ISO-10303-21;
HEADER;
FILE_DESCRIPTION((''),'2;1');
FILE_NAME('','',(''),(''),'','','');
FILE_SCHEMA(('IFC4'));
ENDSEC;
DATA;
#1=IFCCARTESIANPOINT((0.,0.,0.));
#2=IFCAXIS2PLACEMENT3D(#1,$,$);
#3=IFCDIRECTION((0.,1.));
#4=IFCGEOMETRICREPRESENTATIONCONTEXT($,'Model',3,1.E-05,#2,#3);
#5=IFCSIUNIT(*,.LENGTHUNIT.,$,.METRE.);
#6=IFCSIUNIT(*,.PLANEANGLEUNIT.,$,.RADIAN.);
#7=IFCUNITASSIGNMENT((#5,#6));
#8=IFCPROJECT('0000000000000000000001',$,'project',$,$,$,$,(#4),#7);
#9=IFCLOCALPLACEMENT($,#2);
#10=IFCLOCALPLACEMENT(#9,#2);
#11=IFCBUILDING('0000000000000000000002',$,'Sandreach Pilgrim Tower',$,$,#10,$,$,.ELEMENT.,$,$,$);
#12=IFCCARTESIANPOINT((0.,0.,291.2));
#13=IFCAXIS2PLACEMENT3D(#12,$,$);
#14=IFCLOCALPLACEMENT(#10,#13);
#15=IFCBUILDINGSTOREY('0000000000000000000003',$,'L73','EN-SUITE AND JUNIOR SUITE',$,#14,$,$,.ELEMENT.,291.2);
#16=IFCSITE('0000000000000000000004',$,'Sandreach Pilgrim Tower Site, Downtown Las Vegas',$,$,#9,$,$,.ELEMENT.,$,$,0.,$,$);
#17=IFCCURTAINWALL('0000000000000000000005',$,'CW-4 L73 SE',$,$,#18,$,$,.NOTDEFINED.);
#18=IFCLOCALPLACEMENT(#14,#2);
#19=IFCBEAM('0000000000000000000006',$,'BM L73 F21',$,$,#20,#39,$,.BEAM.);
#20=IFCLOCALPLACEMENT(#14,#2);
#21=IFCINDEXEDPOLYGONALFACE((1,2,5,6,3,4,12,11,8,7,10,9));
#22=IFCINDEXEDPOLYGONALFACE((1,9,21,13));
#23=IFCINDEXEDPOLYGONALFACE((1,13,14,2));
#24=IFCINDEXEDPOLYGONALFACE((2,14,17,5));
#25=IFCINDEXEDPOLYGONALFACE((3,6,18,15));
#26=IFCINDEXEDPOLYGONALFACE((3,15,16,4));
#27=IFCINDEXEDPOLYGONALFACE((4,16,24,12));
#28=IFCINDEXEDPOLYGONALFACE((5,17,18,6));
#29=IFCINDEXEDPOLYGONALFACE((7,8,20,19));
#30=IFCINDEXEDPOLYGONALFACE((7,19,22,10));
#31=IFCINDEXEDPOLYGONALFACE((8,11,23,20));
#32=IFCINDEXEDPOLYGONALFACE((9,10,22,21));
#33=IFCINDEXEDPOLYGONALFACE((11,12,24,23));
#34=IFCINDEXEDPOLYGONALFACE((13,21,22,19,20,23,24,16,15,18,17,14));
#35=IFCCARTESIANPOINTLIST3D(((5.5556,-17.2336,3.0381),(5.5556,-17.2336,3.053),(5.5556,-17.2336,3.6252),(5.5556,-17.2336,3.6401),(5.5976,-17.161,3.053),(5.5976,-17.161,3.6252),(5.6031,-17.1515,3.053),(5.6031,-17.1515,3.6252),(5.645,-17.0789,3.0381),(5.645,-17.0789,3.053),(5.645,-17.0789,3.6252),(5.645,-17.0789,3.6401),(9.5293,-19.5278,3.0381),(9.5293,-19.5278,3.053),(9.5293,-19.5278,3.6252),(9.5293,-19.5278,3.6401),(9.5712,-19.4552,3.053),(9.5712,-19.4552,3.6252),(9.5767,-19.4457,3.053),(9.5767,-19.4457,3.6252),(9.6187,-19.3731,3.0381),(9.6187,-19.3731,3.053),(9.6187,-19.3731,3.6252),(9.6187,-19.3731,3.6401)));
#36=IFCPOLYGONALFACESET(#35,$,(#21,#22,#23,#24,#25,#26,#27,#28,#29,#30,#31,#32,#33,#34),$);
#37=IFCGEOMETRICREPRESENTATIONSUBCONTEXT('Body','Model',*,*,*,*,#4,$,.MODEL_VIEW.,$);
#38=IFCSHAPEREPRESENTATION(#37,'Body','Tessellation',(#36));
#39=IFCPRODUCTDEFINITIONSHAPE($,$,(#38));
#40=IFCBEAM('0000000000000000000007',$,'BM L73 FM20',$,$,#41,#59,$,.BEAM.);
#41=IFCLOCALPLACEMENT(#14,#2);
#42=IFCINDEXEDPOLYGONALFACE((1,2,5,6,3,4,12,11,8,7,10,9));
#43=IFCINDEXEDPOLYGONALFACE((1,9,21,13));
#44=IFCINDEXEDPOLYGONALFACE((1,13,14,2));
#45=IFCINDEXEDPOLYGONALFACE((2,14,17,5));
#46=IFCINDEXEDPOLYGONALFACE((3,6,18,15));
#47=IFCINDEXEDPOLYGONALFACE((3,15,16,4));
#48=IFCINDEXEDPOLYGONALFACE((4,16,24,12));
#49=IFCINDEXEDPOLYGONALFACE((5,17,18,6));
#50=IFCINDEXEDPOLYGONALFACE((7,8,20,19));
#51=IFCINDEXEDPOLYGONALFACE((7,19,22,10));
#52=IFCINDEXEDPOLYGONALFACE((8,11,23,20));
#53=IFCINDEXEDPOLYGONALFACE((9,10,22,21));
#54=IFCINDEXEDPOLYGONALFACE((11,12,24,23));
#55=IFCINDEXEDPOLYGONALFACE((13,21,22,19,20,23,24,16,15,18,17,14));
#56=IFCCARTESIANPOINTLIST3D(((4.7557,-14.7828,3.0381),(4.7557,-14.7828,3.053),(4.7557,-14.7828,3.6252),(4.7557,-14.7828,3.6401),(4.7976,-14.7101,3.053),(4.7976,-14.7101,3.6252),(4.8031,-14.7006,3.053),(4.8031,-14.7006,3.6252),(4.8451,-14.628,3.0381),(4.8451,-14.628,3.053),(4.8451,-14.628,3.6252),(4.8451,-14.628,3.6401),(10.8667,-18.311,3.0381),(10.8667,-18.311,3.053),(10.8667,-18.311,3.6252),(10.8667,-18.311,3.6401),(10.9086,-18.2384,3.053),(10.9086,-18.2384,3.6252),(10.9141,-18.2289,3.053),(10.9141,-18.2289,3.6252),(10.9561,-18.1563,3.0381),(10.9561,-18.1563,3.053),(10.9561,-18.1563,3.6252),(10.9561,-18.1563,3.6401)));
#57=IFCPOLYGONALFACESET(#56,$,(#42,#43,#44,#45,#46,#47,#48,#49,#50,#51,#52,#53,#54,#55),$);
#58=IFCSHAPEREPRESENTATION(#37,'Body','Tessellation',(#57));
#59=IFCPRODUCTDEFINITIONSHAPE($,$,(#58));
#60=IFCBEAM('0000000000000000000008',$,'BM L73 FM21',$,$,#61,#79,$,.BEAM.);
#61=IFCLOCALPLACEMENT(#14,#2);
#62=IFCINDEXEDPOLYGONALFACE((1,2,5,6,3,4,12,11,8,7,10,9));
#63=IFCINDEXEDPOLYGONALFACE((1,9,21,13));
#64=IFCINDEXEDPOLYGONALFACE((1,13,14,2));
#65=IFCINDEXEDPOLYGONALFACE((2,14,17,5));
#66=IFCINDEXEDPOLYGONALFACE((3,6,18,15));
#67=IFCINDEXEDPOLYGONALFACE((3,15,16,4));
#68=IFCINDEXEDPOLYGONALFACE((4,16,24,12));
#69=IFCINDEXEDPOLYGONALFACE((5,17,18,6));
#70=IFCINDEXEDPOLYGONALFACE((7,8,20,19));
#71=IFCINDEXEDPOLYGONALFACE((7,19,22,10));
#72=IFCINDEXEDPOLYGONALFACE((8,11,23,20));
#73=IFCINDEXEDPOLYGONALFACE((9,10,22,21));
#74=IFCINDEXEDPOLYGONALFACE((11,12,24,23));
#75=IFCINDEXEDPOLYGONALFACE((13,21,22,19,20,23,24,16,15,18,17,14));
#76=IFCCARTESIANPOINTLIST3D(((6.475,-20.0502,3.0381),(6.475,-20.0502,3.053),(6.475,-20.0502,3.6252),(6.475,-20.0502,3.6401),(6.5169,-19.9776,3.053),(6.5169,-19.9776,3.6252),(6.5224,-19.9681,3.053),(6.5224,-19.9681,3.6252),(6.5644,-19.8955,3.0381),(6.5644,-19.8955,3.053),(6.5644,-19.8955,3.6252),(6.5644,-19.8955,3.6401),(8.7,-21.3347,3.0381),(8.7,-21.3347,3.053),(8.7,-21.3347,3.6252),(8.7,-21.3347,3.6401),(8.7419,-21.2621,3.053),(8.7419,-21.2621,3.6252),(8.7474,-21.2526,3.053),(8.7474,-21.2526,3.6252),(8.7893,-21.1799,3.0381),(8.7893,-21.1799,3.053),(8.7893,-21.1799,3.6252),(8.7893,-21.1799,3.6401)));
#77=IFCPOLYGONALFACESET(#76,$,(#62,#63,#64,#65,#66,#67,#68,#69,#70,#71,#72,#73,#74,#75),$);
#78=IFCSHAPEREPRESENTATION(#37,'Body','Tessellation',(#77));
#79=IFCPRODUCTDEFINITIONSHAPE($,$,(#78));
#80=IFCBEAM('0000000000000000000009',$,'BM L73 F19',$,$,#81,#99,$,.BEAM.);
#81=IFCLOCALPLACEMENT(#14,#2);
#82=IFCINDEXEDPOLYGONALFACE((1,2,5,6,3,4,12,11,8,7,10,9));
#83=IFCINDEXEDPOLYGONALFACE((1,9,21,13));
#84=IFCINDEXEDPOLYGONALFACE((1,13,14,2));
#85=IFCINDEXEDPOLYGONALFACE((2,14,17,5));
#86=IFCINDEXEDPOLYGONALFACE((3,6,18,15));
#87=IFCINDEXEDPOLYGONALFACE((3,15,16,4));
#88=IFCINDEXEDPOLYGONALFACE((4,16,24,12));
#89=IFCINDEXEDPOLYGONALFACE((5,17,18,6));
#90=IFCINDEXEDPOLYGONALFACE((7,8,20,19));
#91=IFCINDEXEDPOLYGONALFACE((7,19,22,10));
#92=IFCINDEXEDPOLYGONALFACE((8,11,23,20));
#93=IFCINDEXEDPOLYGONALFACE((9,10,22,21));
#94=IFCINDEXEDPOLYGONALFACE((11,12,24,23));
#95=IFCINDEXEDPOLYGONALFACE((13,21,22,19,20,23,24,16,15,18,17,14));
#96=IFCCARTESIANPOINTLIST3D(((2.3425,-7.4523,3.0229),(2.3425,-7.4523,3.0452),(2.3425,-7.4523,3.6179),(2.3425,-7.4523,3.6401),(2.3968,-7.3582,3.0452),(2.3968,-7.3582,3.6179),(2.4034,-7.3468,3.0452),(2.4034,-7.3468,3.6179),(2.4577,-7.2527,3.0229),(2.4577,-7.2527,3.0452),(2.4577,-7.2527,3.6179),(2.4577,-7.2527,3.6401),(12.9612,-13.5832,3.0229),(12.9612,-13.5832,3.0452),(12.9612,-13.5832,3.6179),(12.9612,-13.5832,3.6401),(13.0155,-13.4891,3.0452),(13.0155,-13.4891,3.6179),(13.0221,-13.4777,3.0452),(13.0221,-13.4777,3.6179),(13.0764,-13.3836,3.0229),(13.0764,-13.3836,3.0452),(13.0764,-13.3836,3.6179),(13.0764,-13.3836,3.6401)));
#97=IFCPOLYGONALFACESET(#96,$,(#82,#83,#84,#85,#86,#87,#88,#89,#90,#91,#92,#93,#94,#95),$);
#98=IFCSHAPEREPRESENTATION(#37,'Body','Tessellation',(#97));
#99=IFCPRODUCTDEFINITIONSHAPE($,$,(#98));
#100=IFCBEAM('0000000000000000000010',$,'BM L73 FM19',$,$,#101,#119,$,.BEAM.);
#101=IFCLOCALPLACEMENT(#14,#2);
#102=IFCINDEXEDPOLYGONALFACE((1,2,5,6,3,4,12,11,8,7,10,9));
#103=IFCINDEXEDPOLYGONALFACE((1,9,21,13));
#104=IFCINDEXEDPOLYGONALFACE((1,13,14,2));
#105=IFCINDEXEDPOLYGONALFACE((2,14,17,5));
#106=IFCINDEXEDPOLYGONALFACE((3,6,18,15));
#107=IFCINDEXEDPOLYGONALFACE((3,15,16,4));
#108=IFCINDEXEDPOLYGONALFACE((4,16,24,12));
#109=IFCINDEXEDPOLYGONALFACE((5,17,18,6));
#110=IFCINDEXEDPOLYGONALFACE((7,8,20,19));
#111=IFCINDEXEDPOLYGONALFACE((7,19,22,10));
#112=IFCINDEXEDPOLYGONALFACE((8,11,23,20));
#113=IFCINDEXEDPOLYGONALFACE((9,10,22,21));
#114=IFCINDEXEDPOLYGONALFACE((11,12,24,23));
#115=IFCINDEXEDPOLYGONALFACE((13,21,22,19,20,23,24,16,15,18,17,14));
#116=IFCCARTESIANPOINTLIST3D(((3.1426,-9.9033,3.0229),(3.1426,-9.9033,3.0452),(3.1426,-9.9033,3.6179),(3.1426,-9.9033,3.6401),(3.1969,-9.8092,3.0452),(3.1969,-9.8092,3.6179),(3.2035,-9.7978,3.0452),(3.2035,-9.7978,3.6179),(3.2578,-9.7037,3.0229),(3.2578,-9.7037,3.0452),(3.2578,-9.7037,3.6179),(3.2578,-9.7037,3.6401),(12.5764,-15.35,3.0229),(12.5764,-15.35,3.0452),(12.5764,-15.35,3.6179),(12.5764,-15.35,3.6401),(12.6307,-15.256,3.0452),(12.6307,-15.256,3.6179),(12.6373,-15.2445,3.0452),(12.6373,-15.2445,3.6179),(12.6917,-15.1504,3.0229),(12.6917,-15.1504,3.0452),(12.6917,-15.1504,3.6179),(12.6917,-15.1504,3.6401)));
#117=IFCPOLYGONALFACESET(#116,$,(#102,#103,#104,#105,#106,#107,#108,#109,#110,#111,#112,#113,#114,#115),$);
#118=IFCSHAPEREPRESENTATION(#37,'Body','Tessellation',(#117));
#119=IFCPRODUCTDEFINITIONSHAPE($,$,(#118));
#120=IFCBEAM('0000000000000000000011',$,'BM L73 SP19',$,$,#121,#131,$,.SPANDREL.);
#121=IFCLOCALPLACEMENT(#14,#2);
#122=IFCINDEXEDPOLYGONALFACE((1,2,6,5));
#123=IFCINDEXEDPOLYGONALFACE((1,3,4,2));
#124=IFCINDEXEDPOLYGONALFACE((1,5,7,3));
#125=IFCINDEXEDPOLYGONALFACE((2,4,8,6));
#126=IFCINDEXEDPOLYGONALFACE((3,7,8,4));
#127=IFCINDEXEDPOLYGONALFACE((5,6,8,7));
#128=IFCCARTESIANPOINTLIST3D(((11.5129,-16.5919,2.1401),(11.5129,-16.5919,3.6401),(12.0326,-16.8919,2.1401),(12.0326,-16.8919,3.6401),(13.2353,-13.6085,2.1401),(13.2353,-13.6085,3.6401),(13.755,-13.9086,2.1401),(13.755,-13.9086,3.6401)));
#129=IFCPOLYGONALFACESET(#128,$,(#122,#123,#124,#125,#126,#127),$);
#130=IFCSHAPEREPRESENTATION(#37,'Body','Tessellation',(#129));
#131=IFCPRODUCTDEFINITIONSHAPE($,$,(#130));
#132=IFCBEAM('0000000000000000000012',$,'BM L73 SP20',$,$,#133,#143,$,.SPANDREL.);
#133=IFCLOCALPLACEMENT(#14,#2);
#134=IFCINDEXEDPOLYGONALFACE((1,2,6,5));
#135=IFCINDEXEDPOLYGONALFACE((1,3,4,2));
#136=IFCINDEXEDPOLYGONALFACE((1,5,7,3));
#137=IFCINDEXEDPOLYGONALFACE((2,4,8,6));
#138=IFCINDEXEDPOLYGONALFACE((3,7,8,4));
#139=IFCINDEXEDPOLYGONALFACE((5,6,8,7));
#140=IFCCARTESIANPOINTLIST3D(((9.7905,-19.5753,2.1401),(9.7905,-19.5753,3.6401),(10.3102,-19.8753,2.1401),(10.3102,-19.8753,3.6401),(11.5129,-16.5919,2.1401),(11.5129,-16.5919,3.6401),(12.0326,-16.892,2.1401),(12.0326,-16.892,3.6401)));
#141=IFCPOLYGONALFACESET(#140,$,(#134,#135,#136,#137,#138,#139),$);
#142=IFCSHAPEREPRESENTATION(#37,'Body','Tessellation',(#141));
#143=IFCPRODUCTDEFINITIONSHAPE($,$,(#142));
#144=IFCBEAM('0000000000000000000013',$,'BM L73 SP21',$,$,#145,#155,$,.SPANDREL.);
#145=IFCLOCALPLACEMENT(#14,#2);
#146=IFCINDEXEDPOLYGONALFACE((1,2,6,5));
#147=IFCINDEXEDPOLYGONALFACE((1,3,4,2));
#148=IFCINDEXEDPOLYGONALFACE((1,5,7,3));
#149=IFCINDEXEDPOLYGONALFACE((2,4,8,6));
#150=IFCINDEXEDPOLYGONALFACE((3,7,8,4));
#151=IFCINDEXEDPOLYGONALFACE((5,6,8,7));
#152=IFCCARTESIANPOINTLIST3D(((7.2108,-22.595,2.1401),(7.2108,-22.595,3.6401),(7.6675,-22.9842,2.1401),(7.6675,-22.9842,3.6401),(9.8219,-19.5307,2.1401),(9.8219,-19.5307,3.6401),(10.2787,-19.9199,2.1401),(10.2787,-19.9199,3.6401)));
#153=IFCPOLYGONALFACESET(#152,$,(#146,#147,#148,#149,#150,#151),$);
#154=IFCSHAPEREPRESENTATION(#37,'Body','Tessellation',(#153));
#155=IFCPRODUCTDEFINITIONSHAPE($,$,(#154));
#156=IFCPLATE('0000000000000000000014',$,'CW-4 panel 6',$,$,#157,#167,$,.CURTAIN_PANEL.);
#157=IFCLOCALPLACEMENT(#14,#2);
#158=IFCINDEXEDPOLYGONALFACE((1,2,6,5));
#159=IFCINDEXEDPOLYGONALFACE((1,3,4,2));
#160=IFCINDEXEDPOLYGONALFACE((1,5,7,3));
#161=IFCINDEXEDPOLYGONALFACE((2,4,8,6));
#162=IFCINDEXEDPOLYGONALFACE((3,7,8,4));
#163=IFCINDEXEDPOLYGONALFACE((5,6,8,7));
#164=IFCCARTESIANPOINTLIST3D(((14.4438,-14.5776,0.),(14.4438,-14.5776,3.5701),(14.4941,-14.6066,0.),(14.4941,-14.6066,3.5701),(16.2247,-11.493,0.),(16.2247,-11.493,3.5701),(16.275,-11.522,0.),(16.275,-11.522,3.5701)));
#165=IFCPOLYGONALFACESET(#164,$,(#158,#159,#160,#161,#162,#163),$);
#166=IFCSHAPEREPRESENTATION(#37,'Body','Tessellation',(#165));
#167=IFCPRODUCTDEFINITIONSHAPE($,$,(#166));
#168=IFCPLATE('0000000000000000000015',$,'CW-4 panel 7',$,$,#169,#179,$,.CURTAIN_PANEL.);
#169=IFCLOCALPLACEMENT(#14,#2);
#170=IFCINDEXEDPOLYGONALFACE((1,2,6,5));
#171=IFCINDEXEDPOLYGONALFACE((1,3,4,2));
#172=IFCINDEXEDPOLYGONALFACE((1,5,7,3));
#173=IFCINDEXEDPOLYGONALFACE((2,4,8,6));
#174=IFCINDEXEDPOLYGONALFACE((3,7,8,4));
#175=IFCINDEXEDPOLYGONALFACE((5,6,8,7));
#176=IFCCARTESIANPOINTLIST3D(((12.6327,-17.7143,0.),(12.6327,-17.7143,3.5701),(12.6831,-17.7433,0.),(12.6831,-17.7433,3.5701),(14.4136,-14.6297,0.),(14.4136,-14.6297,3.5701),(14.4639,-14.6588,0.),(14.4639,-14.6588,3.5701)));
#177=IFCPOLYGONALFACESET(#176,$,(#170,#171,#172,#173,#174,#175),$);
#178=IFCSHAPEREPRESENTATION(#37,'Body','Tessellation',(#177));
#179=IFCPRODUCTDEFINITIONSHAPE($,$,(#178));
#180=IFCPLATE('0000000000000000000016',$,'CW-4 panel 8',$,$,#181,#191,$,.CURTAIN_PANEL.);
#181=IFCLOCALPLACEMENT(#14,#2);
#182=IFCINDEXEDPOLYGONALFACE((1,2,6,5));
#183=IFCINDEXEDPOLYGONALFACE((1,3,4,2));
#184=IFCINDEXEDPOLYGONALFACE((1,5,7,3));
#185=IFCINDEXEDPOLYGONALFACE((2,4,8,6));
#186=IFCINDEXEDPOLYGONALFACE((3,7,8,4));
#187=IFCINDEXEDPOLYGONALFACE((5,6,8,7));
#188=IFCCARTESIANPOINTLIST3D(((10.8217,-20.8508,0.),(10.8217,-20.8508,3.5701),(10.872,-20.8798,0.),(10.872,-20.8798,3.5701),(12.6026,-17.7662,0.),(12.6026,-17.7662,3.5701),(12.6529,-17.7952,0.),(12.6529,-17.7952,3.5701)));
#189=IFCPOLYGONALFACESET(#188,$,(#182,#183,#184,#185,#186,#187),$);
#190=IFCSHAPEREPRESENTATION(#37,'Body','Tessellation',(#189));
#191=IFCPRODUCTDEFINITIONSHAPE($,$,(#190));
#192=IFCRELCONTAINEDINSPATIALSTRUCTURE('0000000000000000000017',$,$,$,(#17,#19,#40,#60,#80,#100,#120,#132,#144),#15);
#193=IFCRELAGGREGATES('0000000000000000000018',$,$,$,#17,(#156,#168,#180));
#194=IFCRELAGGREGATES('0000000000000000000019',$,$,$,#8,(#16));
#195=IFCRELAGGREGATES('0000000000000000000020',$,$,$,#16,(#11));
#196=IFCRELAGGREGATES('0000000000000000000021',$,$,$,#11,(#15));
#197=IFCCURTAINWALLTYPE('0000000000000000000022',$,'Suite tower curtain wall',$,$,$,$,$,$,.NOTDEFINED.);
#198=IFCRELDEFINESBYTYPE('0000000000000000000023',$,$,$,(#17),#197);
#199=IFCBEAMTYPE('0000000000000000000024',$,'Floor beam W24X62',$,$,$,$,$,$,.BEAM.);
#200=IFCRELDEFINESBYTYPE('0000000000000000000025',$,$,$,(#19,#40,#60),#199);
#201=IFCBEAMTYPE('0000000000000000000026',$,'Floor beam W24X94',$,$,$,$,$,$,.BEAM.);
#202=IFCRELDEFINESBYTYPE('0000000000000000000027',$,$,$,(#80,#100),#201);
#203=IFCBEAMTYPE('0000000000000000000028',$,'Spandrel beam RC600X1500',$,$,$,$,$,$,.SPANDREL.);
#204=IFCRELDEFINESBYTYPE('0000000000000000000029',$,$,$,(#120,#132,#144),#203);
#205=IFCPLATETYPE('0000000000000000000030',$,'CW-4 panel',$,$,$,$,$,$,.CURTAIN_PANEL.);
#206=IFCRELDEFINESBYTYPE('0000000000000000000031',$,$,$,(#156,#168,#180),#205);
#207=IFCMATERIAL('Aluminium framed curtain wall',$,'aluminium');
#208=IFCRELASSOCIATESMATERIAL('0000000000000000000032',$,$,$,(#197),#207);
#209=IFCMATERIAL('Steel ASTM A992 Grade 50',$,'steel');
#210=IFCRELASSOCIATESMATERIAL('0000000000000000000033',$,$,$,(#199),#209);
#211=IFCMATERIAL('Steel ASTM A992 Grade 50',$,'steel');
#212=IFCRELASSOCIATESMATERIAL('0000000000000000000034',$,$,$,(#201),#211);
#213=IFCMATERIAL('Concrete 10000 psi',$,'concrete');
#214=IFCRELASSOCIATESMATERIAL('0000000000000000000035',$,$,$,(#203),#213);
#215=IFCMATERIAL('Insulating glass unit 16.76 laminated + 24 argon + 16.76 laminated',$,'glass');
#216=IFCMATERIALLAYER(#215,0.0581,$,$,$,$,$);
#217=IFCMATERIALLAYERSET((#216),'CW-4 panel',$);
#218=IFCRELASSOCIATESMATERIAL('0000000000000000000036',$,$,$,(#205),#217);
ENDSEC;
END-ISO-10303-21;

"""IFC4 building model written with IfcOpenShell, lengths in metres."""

from ifc_helpers import new_model, si_unit, direction, frame, origin, origin_2d, place, context, subcontext, project, spatial, rectangle, i_section, extrude, material, layer, layer_set, material_profile, profile_set, type_object, element, aggregate, save


model = new_model("IFC4")

# Units and contexts
model_context = context("Model", 3, precision=1e-05, world=origin(), true_north=direction((0.0, 1.0)))
body_context = subcontext(model_context, "Body", "Model", "MODEL_VIEW")
ifc_project = project(units=[si_unit("LENGTHUNIT", "METRE"), si_unit("PLANEANGLEUNIT", "RADIAN")], contexts=[model_context])

# Site, building, storey
site_placement = place(None, origin())
site = spatial("IfcSite", under=ifc_project, at=site_placement, Name="Sandreach Pilgrim Tower Site, Downtown Las Vegas", CompositionType="ELEMENT", RefElevation=0.0)
building_placement = place(site_placement, origin())
building = spatial("IfcBuilding", under=site, at=building_placement, Name="Sandreach Pilgrim Tower", CompositionType="ELEMENT")
storey_placement = place(building_placement, frame((0.0, 0.0, 291.2)))
storey = spatial("IfcBuildingStorey", under=building, at=storey_placement, Name="L73", Description="EN-SUITE AND JUNIOR SUITE", CompositionType="ELEMENT", Elevation=291.2)

# Curtain wall
ifc_material_1 = material(Name="Aluminium framed curtain wall", Category="aluminium")
curtain_wall_type = type_object("IfcCurtainWallType", Name="Suite tower curtain wall", PredefinedType="NOTDEFINED", material=ifc_material_1)
curtain_wall_1_placement = place(storey_placement, origin())
curtain_wall_1 = element("IfcCurtainWall", 1, at=curtain_wall_1_placement, inside=storey, type_object=curtain_wall_type, Name="CW-4 L73 SE", PredefinedType="NOTDEFINED")

# Beams
ifc_material_2 = material(Name="Steel ASTM A992 Grade 50", Category="steel")
ifc_material_profile_1 = material_profile(ifc_material_2, i_section(OverallWidth=0.1787, OverallDepth=0.6021, WebThickness=0.011, FlangeThickness=0.0149, at=origin_2d()), Name="W24X62")
ifc_profile_set_1 = profile_set([ifc_material_profile_1], Name="Steel ASTM A992 Grade 50")
beam_type_1 = type_object("IfcBeamType", Name="Floor beam W24X62", PredefinedType="BEAM", material=ifc_profile_set_1)
beam_1_placement = place(storey_placement, frame((9.574, -19.4504, 3.3391), z_axis=(-0.866024, 0.500002, 0.0), x_axis=(-0.500002, -0.866024, 0.0)))
element("IfcBeam", 2, at=beam_1_placement, inside=storey, type_object=beam_type_1, Name="BM L73 F21", PredefinedType="BEAM", context=body_context, shape_type="SweptSolid", body=[
    extrude(i_section(OverallWidth=0.1787, OverallDepth=0.6021, WebThickness=0.011, FlangeThickness=0.0149, at=origin_2d()), origin(), (0.0, 0.0, 1.0), 4.5884),
])
beam_2_placement = place(storey_placement, frame((10.9114, -18.2336, 3.3391), z_axis=(-0.86602, 0.500009, 0.0), x_axis=(-0.500009, -0.86602, 0.0)))
element("IfcBeam", 3, at=beam_2_placement, inside=storey, type_object=beam_type_1, Name="BM L73 FM20", PredefinedType="BEAM", context=body_context, shape_type="SweptSolid", body=[
    extrude(i_section(OverallWidth=0.1787, OverallDepth=0.6021, WebThickness=0.011, FlangeThickness=0.0149, at=origin_2d()), origin(), (0.0, 0.0, 1.0), 7.0564),
])
beam_3_placement = place(storey_placement, frame((8.7446, -21.2573, 3.3391), z_axis=(-0.866042, 0.499972, 0.0), x_axis=(-0.499972, -0.866042, 0.0)))
element("IfcBeam", 4, at=beam_3_placement, inside=storey, type_object=beam_type_1, Name="BM L73 FM21", PredefinedType="BEAM", context=body_context, shape_type="SweptSolid", body=[
    extrude(i_section(OverallWidth=0.1787, OverallDepth=0.6021, WebThickness=0.011, FlangeThickness=0.0149, at=origin_2d()), origin(), (0.0, 0.0, 1.0), 2.5691),
])
ifc_material_3 = material(Name="Steel ASTM A992 Grade 50", Category="steel")
ifc_material_profile_2 = material_profile(ifc_material_3, i_section(OverallWidth=0.2305, OverallDepth=0.6172, WebThickness=0.0132, FlangeThickness=0.0222, at=origin_2d()), Name="W24X94")
ifc_profile_set_2 = profile_set([ifc_material_profile_2], Name="Steel ASTM A992 Grade 50")
beam_type_2 = type_object("IfcBeamType", Name="Floor beam W24X94", PredefinedType="BEAM", material=ifc_profile_set_2)
beam_4_placement = place(storey_placement, frame((13.0188, -13.4834, 3.3315), z_axis=(-0.866019, 0.500011, 0.0), x_axis=(-0.500011, -0.866019, 0.0)))
element("IfcBeam", 5, at=beam_4_placement, inside=storey, type_object=beam_type_2, Name="BM L73 F19", PredefinedType="BEAM", context=body_context, shape_type="SweptSolid", body=[
    extrude(i_section(OverallWidth=0.2305, OverallDepth=0.6172, WebThickness=0.0132, FlangeThickness=0.0222, at=origin_2d()), origin(), (0.0, 0.0, 1.0), 12.2615),
])
beam_5_placement = place(storey_placement, frame((12.634, -15.2502, 3.3315), z_axis=(-0.86602, 0.50001, 0.0), x_axis=(-0.50001, -0.86602, 0.0)))
element("IfcBeam", 6, at=beam_5_placement, inside=storey, type_object=beam_type_2, Name="BM L73 FM19", PredefinedType="BEAM", context=body_context, shape_type="SweptSolid", body=[
    extrude(i_section(OverallWidth=0.2305, OverallDepth=0.6172, WebThickness=0.0132, FlangeThickness=0.0222, at=origin_2d()), origin(), (0.0, 0.0, 1.0), 10.8933),
])
ifc_material_4 = material(Name="Concrete 10000 psi", Category="concrete")
ifc_material_profile_3 = material_profile(ifc_material_4, rectangle(XDim=0.6001, YDim=1.5, at=origin_2d()), Name="RC600X1500")
ifc_profile_set_3 = profile_set([ifc_material_profile_3], Name="Concrete 10000 psi")
beam_type_3 = type_object("IfcBeamType", Name="Spandrel beam RC600X1500", PredefinedType="SPANDREL", material=ifc_profile_set_3)
for number, where, z_axis, x_axis, name in (
    (7, (13.4951, -13.7585, 2.8901), (-0.499988, -0.866032, 0.0), (0.866032, -0.499988, 0.0), "BM L73 SP19"),
    (8, (11.7727, -16.7419, 2.8901), (-0.499988, -0.866032, 0.0), (0.866032, -0.499988, 0.0), "BM L73 SP20"),
):
    element("IfcBeam", number, at=place(storey_placement, frame(where, z_axis=z_axis, x_axis=x_axis)), inside=storey, type_object=beam_type_3, Name=name, PredefinedType="SPANDREL", context=body_context, shape_type="SweptSolid", body=[
        extrude(rectangle(XDim=0.6001, YDim=1.5, at=origin_2d()), origin(), (0.0, 0.0, 1.0), 3.4448),
    ])
beam_6_placement = place(storey_placement, frame((10.0503, -19.7253, 2.8901), z_axis=(-0.648586, -0.761141, 0.0), x_axis=(0.761141, -0.648586, 0.0)))
element("IfcBeam", 9, at=beam_6_placement, inside=storey, type_object=beam_type_3, Name="BM L73 SP21", PredefinedType="SPANDREL", context=body_context, shape_type="SweptSolid", body=[
    extrude(rectangle(XDim=0.6001, YDim=1.5, at=origin_2d()), origin(), (0.0, 0.0, 1.0), 4.0259),
])

# Plates
ifc_material_5 = material(Name="Insulating glass unit 16.76 laminated + 24 argon + 16.76 laminated", Category="glass")
ifc_layer_1 = layer(ifc_material_5, 0.0581)
ifc_layer_set_1 = layer_set([ifc_layer_1], Name="CW-4 panel")
plate_type = type_object("IfcPlateType", Name="CW-4 panel", PredefinedType="CURTAIN_PANEL", material=ifc_layer_set_1)
plate_1_placement = place(storey_placement, frame((15.3594, -13.0498, 0.0), z_axis=(0.0, 0.0, 1.0), x_axis=(-0.5, -0.866025, 0.0)))
plate_1 = element("IfcPlate", 10, at=plate_1_placement, type_object=plate_type, Name="CW-4 panel 6", PredefinedType="CURTAIN_PANEL", context=body_context, shape_type="SweptSolid", body=[
    extrude(rectangle(XDim=3.5618, YDim=0.0581, at=origin_2d()), origin(), (0.0, 0.0, 1.0), 3.5701),
])
plate_2_placement = place(storey_placement, frame((13.5483, -16.1865, 0.0), z_axis=(0.0, 0.0, 1.0), x_axis=(-0.5, -0.866025, 0.0)))
plate_2 = element("IfcPlate", 11, at=plate_2_placement, type_object=plate_type, Name="CW-4 panel 7", PredefinedType="CURTAIN_PANEL", context=body_context, shape_type="SweptSolid", body=[
    extrude(rectangle(XDim=3.5618, YDim=0.0581, at=origin_2d()), origin(), (0.0, 0.0, 1.0), 3.5701),
])
plate_3_placement = place(storey_placement, frame((11.7373, -19.323, 0.0), z_axis=(0.0, 0.0, 1.0), x_axis=(-0.5, -0.866025, 0.0)))
plate_3 = element("IfcPlate", 12, at=plate_3_placement, type_object=plate_type, Name="CW-4 panel 8", PredefinedType="CURTAIN_PANEL", context=body_context, shape_type="SweptSolid", body=[
    extrude(rectangle(XDim=3.5618, YDim=0.0581, at=origin_2d()), origin(), (0.0, 0.0, 1.0), 3.5701),
])
aggregate(curtain_wall_1, [plate_1, plate_2, plate_3])

save(model, "model.ifc")
